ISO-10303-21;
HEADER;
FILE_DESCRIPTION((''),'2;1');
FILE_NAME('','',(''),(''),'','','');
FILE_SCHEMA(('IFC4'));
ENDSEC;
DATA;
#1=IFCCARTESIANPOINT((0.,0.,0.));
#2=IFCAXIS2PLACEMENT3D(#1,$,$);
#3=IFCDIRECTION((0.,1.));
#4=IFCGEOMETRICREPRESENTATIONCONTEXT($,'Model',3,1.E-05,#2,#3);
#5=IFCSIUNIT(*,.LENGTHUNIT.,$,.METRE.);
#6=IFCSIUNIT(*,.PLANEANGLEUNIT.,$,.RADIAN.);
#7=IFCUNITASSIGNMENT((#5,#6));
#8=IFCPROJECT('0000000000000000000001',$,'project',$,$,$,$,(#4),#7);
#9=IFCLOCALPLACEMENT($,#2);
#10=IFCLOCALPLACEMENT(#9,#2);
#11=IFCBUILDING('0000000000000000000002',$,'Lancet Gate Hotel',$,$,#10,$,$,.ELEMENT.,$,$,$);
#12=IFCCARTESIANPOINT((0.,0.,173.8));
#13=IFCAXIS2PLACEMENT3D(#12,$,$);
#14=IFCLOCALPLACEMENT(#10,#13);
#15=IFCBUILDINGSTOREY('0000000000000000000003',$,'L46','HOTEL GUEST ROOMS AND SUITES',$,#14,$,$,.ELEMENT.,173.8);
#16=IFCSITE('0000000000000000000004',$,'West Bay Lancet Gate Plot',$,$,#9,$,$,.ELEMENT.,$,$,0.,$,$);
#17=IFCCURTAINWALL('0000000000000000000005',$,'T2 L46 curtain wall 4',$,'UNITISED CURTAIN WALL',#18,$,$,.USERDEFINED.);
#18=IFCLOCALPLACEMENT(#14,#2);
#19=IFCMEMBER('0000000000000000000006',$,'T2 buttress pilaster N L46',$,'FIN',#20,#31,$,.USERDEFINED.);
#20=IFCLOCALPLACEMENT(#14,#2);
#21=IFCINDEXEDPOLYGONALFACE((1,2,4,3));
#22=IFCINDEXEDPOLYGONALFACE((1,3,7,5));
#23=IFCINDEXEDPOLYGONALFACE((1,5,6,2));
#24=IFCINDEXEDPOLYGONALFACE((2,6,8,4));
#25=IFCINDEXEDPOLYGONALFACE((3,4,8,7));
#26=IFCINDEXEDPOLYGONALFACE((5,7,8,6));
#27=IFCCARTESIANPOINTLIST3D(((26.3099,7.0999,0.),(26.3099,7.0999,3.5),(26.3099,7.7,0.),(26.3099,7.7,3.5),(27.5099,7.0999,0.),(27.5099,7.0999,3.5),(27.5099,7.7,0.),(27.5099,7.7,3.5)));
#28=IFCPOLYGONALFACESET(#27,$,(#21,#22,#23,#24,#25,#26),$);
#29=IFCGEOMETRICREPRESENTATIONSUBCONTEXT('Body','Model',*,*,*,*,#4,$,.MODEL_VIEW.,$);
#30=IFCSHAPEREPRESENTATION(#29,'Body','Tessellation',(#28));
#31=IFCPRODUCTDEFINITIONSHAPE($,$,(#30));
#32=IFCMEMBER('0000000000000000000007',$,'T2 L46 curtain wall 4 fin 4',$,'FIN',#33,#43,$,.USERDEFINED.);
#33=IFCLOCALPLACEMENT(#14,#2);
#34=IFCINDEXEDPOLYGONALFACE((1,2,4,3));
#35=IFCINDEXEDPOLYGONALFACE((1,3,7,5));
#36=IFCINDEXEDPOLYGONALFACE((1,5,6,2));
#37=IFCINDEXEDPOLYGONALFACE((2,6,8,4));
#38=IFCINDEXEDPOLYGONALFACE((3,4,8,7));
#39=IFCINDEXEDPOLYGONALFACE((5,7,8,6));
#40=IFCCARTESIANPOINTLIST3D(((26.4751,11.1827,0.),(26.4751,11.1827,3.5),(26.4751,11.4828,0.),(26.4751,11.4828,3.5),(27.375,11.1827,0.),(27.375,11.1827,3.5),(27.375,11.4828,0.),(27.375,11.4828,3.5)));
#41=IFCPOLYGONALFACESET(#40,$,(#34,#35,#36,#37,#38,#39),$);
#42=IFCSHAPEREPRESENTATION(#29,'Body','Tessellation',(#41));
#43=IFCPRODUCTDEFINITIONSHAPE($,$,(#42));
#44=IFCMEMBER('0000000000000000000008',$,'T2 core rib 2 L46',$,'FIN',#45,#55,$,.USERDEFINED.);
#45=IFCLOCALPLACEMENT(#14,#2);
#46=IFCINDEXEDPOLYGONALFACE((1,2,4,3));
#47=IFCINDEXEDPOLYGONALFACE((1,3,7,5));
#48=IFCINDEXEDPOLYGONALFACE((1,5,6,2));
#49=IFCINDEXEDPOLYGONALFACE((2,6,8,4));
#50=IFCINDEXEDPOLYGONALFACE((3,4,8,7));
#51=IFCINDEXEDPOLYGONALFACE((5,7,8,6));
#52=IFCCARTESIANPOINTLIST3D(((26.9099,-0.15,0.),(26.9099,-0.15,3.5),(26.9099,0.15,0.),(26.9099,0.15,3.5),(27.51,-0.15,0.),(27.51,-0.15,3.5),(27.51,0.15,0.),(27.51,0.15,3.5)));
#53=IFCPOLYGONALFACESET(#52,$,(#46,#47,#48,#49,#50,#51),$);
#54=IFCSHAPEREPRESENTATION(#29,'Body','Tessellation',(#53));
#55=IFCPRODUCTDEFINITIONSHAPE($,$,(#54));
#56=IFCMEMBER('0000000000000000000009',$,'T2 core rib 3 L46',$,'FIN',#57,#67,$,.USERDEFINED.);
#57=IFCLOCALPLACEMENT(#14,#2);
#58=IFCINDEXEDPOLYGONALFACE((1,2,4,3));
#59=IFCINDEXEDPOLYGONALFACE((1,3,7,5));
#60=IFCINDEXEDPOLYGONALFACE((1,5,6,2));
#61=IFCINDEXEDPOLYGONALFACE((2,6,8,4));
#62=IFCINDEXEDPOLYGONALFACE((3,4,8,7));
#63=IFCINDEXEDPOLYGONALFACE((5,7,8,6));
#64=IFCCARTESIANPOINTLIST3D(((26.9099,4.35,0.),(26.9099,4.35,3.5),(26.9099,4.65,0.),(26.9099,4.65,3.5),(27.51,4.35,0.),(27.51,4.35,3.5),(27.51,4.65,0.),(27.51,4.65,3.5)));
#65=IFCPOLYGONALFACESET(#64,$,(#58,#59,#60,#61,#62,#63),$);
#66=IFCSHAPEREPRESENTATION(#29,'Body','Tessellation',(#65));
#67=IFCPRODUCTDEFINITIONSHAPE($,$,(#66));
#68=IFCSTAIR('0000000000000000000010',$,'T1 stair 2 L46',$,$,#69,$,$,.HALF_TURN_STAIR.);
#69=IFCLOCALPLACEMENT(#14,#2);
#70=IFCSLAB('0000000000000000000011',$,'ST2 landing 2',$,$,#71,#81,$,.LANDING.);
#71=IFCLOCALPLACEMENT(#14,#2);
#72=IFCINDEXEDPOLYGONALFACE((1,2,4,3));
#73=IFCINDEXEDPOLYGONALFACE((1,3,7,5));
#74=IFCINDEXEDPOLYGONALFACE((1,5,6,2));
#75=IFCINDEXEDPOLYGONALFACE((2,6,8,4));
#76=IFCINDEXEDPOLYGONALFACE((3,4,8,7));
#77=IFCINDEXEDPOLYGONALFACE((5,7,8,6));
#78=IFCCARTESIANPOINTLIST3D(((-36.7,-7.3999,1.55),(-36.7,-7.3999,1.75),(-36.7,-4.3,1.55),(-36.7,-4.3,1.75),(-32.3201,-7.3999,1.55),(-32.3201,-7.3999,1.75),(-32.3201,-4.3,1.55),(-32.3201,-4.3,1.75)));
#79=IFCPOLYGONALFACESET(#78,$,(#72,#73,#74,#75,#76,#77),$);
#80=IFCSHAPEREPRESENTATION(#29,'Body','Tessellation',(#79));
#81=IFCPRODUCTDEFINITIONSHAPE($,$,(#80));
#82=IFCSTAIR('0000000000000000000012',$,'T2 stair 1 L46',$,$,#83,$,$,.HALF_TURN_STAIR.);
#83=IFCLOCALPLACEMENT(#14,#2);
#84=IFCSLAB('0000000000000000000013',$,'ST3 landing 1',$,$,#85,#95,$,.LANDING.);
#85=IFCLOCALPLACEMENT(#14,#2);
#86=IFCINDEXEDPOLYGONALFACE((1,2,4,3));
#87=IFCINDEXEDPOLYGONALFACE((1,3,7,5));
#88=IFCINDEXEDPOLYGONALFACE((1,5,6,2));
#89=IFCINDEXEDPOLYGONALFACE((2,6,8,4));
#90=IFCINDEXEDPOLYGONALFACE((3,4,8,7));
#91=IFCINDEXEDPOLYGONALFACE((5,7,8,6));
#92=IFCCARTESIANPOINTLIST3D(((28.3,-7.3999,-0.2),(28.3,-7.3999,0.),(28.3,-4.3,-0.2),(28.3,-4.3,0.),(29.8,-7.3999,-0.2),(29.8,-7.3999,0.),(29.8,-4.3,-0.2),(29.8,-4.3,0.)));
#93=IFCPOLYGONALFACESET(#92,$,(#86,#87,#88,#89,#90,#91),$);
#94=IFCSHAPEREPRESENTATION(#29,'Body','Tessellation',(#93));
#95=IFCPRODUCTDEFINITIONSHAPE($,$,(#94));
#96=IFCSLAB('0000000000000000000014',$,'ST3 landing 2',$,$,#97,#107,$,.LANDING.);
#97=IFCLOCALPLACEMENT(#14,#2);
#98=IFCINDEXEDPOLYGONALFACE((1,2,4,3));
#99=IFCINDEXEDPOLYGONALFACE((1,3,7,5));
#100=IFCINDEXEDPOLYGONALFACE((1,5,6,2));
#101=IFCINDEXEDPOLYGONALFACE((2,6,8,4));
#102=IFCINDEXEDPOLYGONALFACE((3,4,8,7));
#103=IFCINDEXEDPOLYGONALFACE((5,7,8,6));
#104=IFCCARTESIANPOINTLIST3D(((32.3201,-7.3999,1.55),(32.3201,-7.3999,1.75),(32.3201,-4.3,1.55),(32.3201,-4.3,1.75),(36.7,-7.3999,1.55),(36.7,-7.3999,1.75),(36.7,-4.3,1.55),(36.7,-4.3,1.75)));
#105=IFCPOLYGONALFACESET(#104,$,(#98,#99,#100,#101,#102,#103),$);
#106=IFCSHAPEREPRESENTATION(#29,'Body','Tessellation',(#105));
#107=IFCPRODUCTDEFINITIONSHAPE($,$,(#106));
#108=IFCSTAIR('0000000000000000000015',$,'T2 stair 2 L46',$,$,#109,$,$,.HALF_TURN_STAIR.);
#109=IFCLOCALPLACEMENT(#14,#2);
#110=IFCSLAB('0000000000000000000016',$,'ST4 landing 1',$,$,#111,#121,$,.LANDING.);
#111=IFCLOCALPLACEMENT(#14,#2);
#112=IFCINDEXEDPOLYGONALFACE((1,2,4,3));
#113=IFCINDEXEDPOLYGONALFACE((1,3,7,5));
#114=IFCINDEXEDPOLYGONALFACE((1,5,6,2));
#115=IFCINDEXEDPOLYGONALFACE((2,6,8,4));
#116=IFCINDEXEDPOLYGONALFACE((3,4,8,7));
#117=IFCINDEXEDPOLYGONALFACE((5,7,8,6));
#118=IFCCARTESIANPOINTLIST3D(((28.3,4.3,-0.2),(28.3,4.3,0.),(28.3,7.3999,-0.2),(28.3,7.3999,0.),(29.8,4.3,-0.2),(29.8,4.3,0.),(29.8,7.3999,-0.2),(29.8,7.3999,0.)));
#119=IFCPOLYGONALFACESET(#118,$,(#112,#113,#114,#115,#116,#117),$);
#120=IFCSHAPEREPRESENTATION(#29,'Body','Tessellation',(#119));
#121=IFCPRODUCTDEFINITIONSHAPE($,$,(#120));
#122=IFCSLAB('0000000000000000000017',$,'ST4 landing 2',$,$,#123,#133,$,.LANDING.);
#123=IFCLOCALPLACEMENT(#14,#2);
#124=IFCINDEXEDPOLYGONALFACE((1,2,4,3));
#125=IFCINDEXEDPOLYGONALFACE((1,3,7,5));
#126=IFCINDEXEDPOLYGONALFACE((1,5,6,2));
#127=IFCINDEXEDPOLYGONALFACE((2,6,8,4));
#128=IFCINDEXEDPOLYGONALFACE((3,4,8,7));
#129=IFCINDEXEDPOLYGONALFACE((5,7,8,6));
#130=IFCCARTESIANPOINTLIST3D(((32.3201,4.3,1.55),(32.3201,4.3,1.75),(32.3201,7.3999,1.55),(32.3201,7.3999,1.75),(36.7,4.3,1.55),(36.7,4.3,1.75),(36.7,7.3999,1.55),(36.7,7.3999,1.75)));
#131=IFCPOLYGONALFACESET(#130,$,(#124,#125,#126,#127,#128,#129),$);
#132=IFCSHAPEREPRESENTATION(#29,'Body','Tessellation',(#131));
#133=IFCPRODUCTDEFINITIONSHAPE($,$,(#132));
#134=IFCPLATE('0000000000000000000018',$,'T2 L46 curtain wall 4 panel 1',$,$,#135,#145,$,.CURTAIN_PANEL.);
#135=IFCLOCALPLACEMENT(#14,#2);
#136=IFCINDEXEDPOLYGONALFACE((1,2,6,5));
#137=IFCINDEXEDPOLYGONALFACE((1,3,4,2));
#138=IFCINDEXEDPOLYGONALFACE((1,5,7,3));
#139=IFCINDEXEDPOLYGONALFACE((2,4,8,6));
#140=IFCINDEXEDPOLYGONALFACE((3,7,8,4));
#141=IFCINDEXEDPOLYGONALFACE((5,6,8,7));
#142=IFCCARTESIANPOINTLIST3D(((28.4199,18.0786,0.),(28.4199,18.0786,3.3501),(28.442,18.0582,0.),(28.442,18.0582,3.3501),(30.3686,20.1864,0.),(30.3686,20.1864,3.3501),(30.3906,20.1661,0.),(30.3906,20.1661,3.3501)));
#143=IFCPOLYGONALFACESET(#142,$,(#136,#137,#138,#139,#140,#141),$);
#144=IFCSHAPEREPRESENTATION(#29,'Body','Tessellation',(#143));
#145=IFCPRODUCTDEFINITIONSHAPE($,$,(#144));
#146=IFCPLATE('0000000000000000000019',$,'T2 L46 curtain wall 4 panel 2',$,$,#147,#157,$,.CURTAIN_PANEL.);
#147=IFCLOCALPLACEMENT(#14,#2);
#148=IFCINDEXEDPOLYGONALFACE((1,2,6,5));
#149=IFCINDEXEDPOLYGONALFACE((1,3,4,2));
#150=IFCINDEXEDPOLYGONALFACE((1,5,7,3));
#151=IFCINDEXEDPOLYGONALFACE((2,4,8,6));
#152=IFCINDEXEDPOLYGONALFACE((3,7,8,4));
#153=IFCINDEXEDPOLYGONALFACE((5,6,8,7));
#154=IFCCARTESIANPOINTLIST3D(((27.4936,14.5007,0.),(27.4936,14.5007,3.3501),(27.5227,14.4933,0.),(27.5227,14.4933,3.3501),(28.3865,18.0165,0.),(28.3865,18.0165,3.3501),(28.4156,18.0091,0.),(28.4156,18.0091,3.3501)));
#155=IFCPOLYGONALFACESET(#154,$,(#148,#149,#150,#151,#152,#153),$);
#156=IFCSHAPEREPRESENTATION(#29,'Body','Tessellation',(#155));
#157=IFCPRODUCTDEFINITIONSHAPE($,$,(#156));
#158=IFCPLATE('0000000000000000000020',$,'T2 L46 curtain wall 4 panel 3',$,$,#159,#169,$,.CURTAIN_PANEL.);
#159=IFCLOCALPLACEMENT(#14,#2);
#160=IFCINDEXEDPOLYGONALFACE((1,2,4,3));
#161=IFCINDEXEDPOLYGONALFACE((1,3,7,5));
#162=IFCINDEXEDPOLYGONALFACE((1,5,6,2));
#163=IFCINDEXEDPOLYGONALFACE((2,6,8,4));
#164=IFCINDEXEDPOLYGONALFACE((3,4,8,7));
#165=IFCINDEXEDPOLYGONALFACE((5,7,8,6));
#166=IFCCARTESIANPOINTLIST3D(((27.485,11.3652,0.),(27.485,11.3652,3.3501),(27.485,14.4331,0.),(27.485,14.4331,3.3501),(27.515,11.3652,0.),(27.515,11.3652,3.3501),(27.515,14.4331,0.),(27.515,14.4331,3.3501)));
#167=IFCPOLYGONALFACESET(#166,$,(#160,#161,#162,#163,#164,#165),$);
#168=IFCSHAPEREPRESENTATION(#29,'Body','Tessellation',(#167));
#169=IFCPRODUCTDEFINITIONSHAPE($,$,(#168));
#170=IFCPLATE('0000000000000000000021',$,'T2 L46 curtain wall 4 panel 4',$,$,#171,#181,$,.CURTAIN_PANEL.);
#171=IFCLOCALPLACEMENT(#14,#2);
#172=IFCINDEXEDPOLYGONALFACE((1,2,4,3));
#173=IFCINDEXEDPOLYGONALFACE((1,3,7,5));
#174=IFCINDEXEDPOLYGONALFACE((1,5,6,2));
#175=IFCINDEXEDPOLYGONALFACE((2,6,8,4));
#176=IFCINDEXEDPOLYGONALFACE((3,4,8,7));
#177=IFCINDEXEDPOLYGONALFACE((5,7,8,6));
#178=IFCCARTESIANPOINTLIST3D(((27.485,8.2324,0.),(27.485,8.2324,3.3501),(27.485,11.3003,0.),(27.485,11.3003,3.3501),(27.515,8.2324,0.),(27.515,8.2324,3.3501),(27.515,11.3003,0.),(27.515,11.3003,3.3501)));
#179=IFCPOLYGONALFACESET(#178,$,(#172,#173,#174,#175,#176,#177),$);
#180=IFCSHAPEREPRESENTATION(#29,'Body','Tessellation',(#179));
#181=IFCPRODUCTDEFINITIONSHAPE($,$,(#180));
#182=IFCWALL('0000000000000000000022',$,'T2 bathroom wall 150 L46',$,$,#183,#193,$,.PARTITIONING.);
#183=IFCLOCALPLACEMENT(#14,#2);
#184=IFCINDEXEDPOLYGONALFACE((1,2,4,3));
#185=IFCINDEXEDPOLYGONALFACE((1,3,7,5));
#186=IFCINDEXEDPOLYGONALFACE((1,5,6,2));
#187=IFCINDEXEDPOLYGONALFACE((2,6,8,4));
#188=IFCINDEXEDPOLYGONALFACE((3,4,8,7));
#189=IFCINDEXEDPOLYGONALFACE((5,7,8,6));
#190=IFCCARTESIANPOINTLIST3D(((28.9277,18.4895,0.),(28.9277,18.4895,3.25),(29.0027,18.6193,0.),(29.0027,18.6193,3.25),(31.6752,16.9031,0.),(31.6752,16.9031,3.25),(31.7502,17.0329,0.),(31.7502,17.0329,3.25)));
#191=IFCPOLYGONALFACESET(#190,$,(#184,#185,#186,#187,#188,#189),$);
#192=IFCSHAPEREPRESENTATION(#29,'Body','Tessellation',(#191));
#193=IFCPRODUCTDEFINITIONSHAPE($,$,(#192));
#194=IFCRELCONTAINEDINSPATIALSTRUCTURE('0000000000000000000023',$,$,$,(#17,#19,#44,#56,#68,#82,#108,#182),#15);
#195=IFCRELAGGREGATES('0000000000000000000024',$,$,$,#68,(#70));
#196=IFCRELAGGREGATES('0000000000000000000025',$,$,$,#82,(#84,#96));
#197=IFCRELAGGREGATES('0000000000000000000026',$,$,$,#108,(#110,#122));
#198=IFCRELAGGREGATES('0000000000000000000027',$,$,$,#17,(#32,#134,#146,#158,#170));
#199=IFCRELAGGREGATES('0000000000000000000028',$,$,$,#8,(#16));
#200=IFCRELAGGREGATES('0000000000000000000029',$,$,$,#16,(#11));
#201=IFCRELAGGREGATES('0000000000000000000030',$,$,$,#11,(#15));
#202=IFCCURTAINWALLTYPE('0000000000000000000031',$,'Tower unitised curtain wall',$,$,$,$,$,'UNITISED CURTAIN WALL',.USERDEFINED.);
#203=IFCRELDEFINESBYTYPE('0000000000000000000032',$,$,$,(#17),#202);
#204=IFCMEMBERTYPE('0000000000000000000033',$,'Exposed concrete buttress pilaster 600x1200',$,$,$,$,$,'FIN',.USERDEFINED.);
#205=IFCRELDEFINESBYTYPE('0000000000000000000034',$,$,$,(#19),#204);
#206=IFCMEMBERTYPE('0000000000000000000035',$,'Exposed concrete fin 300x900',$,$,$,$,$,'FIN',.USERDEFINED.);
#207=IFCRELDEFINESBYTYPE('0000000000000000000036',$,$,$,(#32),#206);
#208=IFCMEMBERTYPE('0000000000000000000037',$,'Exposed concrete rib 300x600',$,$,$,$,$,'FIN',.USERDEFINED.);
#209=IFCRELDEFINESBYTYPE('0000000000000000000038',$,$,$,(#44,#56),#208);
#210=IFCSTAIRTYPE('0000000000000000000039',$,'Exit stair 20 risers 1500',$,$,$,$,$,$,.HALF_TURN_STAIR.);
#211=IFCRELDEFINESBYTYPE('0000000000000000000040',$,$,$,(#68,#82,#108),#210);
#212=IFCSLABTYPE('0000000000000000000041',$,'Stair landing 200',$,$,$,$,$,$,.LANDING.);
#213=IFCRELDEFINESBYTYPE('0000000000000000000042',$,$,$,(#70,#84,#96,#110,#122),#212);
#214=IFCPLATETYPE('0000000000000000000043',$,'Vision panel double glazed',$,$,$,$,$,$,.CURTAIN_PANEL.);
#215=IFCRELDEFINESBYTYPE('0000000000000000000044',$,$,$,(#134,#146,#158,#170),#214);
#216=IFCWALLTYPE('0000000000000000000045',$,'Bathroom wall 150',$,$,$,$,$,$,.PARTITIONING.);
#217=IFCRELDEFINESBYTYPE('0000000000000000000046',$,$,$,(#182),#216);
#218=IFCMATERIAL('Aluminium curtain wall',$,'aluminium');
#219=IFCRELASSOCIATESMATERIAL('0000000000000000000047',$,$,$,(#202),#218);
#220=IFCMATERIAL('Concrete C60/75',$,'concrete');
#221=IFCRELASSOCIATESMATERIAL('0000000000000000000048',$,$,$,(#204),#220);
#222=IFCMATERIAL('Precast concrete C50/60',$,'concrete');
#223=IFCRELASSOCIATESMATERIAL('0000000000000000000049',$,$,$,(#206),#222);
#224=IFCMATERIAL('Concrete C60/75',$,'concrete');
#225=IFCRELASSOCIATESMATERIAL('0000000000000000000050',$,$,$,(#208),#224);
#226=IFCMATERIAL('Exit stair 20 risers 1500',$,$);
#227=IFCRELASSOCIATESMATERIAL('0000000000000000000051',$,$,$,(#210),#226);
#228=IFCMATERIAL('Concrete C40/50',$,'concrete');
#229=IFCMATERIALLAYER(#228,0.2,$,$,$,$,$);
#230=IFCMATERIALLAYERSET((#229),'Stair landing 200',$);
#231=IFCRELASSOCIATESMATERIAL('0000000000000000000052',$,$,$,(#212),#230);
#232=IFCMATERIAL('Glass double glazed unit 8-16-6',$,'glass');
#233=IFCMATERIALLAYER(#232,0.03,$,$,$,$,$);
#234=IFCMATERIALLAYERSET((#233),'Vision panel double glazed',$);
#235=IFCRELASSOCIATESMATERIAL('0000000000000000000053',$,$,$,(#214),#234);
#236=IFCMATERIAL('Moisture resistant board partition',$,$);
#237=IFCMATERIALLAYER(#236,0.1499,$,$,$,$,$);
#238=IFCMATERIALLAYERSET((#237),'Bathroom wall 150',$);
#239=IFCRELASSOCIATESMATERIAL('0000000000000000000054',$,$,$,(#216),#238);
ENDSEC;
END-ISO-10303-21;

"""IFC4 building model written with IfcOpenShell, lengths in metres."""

from ifc_helpers import new_model, si_unit, direction, frame, frame_2d, origin, origin_2d, place, context, subcontext, project, spatial, polyline, rectangle, outline, extrude, material, layer, layer_set, material_profile, profile_set, type_object, element, aggregate, save


model = new_model("IFC4")

# Units and contexts
model_context = context("Model", 3, precision=1e-05, world=origin(), true_north=direction((0.0, 1.0)))
body_context = subcontext(model_context, "Body", "Model", "MODEL_VIEW")
ifc_project = project(units=[si_unit("LENGTHUNIT", "METRE"), si_unit("PLANEANGLEUNIT", "RADIAN")], contexts=[model_context])

# Site, building, storey
site_placement = place(None, origin())
site = spatial("IfcSite", under=ifc_project, at=site_placement, Name="West Bay Lancet Gate Plot", CompositionType="ELEMENT", RefElevation=0.0)
building_placement = place(site_placement, origin())
building = spatial("IfcBuilding", under=site, at=building_placement, Name="Lancet Gate Hotel", CompositionType="ELEMENT")
storey_placement = place(building_placement, frame((0.0, 0.0, 173.8)))
storey = spatial("IfcBuildingStorey", under=building, at=storey_placement, Name="L46", Description="HOTEL GUEST ROOMS AND SUITES", CompositionType="ELEMENT", Elevation=173.8)

# Curtain wall
ifc_material_1 = material(Name="Aluminium curtain wall", Category="aluminium")
curtain_wall_type = type_object("IfcCurtainWallType", Name="Tower unitised curtain wall", ElementType="UNITISED CURTAIN WALL", PredefinedType="USERDEFINED", material=ifc_material_1)
curtain_wall_placement = place(storey_placement, origin())
curtain_wall = element("IfcCurtainWall", 1, at=curtain_wall_placement, inside=storey, type_object=curtain_wall_type, Name="T2 L46 curtain wall 4", ObjectType="UNITISED CURTAIN WALL", PredefinedType="USERDEFINED")

# Members
ifc_material_2 = material(Name="Concrete C60/75", Category="concrete")
ifc_material_profile_1 = material_profile(ifc_material_2, rectangle(XDim=0.6001, YDim=1.2, at=origin_2d()), Name="FIN 600x1200")
ifc_profile_set_1 = profile_set([ifc_material_profile_1], Name="Concrete C60/75")
member_type_1 = type_object("IfcMemberType", Name="Exposed concrete buttress pilaster 600x1200", ElementType="FIN", PredefinedType="USERDEFINED", material=ifc_profile_set_1)
member_1_placement = place(storey_placement, frame((26.9099, 7.3999, 0.0), z_axis=(0.0, 0.0, 1.0), x_axis=(0.0, 1.0, 0.0)))
element("IfcMember", 2, at=member_1_placement, inside=storey, type_object=member_type_1, Name="T2 buttress pilaster N L46", ObjectType="FIN", PredefinedType="USERDEFINED", context=body_context, shape_type="SweptSolid", body=[
    extrude(rectangle(XDim=0.6001, YDim=1.2, at=origin_2d()), origin(), (0.0, 0.0, 1.0), 3.5),
])
ifc_material_3 = material(Name="Precast concrete C50/60", Category="concrete")
ifc_material_profile_2 = material_profile(ifc_material_3, rectangle(XDim=0.3, YDim=0.8999, at=origin_2d()), Name="FIN 300x900")
ifc_profile_set_2 = profile_set([ifc_material_profile_2], Name="Precast concrete C50/60")
member_type_2 = type_object("IfcMemberType", Name="Exposed concrete fin 300x900", ElementType="FIN", PredefinedType="USERDEFINED", material=ifc_profile_set_2)
member_2_placement = place(storey_placement, frame((26.925, 11.3328, 0.0), z_axis=(0.0, 0.0, 1.0), x_axis=(0.0, -1.0, 0.0)))
member_2 = element("IfcMember", 3, at=member_2_placement, type_object=member_type_2, Name="T2 L46 curtain wall 4 fin 4", ObjectType="FIN", PredefinedType="USERDEFINED", context=body_context, shape_type="SweptSolid", body=[
    extrude(rectangle(XDim=0.3, YDim=0.8999, at=origin_2d()), origin(), (0.0, 0.0, 1.0), 3.5),
])

# Members
ifc_material_4 = material(Name="Concrete C60/75", Category="concrete")
ifc_material_profile_3 = material_profile(ifc_material_4, rectangle(XDim=0.3, YDim=0.6001, at=origin_2d()), Name="FIN 300x600")
ifc_profile_set_3 = profile_set([ifc_material_profile_3], Name="Concrete C60/75")
member_type_3 = type_object("IfcMemberType", Name="Exposed concrete rib 300x600", ElementType="FIN", PredefinedType="USERDEFINED", material=ifc_profile_set_3)
for number, where, z_axis, x_axis, name in (
    (4, (27.21, 0.0, 0.0), (0.0, 0.0, 1.0), (0.0, 1.0, 0.0), "T2 core rib 2 L46"),
    (5, (27.21, 4.5, 0.0), (0.0, 0.0, 1.0), (0.0, 1.0, 0.0), "T2 core rib 3 L46"),
):
    element("IfcMember", number, at=place(storey_placement, frame(where, z_axis=z_axis, x_axis=x_axis)), inside=storey, type_object=member_type_3, Name=name, ObjectType="FIN", PredefinedType="USERDEFINED", context=body_context, shape_type="SweptSolid", body=[
        extrude(rectangle(XDim=0.3, YDim=0.6001, at=origin_2d()), origin(), (0.0, 0.0, 1.0), 3.5),
    ])

# Stair, slab
ifc_material_5 = material(Name="Exit stair 20 risers 1500")
stair_type = type_object("IfcStairType", Name="Exit stair 20 risers 1500", PredefinedType="HALF_TURN_STAIR", material=ifc_material_5)
stair_1_placement = place(storey_placement, origin())
stair_1 = element("IfcStair", 6, at=stair_1_placement, inside=storey, type_object=stair_type, Name="T1 stair 2 L46", PredefinedType="HALF_TURN_STAIR")
ifc_material_6 = material(Name="Concrete C40/50", Category="concrete")
ifc_layer_1 = layer(ifc_material_6, 0.2)
ifc_layer_set_1 = layer_set([ifc_layer_1], Name="Stair landing 200")
slab_type = type_object("IfcSlabType", Name="Stair landing 200", PredefinedType="LANDING", material=ifc_layer_set_1)
slab_1_placement = place(storey_placement, frame((0.0, 0.0, 1.55)))
slab_1 = element("IfcSlab", 7, at=slab_1_placement, type_object=slab_type, Name="ST2 landing 2", PredefinedType="LANDING", context=body_context, shape_type="SweptSolid", body=[
    extrude(outline(polyline([(-32.3201, -4.3), (-36.7, -4.3), (-36.7, -7.3999), (-32.3201, -7.3999), (-32.3201, -4.3)])), origin(), (0.0, 0.0, 1.0), 0.2),
])
aggregate(stair_1, [slab_1])

# Stairs, slabs
stair_2_placement = place(storey_placement, origin())
stair_2 = element("IfcStair", 8, at=stair_2_placement, inside=storey, type_object=stair_type, Name="T2 stair 1 L46", PredefinedType="HALF_TURN_STAIR")
slab_2_placement = place(storey_placement, frame((0.0, 0.0, -0.2)))
slab_2 = element("IfcSlab", 9, at=slab_2_placement, type_object=slab_type, Name="ST3 landing 1", PredefinedType="LANDING", context=body_context, shape_type="SweptSolid", body=[
    extrude(outline(polyline([(28.3, -7.3999), (29.8, -7.3999), (29.8, -4.3), (28.3, -4.3), (28.3, -7.3999)])), origin(), (0.0, 0.0, 1.0), 0.2),
])
slab_3_placement = place(storey_placement, frame((0.0, 0.0, 1.55)))
slab_3 = element("IfcSlab", 10, at=slab_3_placement, type_object=slab_type, Name="ST3 landing 2", PredefinedType="LANDING", context=body_context, shape_type="SweptSolid", body=[
    extrude(outline(polyline([(32.3201, -7.3999), (36.7, -7.3999), (36.7, -4.3), (32.3201, -4.3), (32.3201, -7.3999)])), origin(), (0.0, 0.0, 1.0), 0.2),
])
aggregate(stair_2, [slab_2, slab_3])
stair_3_placement = place(storey_placement, origin())
stair_3 = element("IfcStair", 11, at=stair_3_placement, inside=storey, type_object=stair_type, Name="T2 stair 2 L46", PredefinedType="HALF_TURN_STAIR")
slab_4_placement = place(storey_placement, frame((0.0, 0.0, -0.2)))
slab_4 = element("IfcSlab", 12, at=slab_4_placement, type_object=slab_type, Name="ST4 landing 1", PredefinedType="LANDING", context=body_context, shape_type="SweptSolid", body=[
    extrude(outline(polyline([(28.3, 4.3), (29.8, 4.3), (29.8, 7.3999), (28.3, 7.3999), (28.3, 4.3)])), origin(), (0.0, 0.0, 1.0), 0.2),
])
slab_5_placement = place(storey_placement, frame((0.0, 0.0, 1.55)))
slab_5 = element("IfcSlab", 13, at=slab_5_placement, type_object=slab_type, Name="ST4 landing 2", PredefinedType="LANDING", context=body_context, shape_type="SweptSolid", body=[
    extrude(outline(polyline([(32.3201, 4.3), (36.7, 4.3), (36.7, 7.3999), (32.3201, 7.3999), (32.3201, 4.3)])), origin(), (0.0, 0.0, 1.0), 0.2),
])
aggregate(stair_3, [slab_4, slab_5])

# Plates
ifc_material_7 = material(Name="Glass double glazed unit 8-16-6", Category="glass")
ifc_layer_2 = layer(ifc_material_7, 0.03)
ifc_layer_set_2 = layer_set([ifc_layer_2], Name="Vision panel double glazed")
plate_type = type_object("IfcPlateType", Name="Vision panel double glazed", PredefinedType="CURTAIN_PANEL", material=ifc_layer_set_2)
plate_1_placement = place(storey_placement, frame((29.4053, 19.1223, 0.0), z_axis=(0.0, 0.0, 1.0), x_axis=(-0.678831, -0.734294, 0.0)))
plate_1 = element("IfcPlate", 14, at=plate_1_placement, type_object=plate_type, Name="T2 L46 curtain wall 4 panel 1", PredefinedType="CURTAIN_PANEL", context=body_context, shape_type="SweptSolid", body=[
    extrude(rectangle(XDim=2.8706, YDim=0.03, at=origin_2d()), origin(), (0.0, 0.0, 1.0), 3.3501),
])
plate_2_placement = place(storey_placement, frame((27.9546, 16.2549, 0.0), z_axis=(0.0, 0.0, 1.0), x_axis=(-0.246167, -0.969228, 0.0)))
plate_2 = element("IfcPlate", 15, at=plate_2_placement, type_object=plate_type, Name="T2 L46 curtain wall 4 panel 2", PredefinedType="CURTAIN_PANEL", context=body_context, shape_type="SweptSolid", body=[
    extrude(rectangle(XDim=3.6274, YDim=0.03, at=origin_2d()), origin(), (0.0, 0.0, 1.0), 3.3501),
])
plate_3_placement = place(storey_placement, frame((27.5, 12.8992, 0.0), z_axis=(0.0, 0.0, 1.0), x_axis=(0.0, -1.0, 0.0)))
plate_3 = element("IfcPlate", 16, at=plate_3_placement, type_object=plate_type, Name="T2 L46 curtain wall 4 panel 3", PredefinedType="CURTAIN_PANEL", context=body_context, shape_type="SweptSolid", body=[
    extrude(rectangle(XDim=3.0679, YDim=0.03, at=origin_2d()), origin(), (0.0, 0.0, 1.0), 3.3501),
])
plate_4_placement = place(storey_placement, frame((27.5, 9.7664, 0.0), z_axis=(0.0, 0.0, 1.0), x_axis=(0.0, -1.0, 0.0)))
plate_4 = element("IfcPlate", 17, at=plate_4_placement, type_object=plate_type, Name="T2 L46 curtain wall 4 panel 4", PredefinedType="CURTAIN_PANEL", context=body_context, shape_type="SweptSolid", body=[
    extrude(rectangle(XDim=3.0679, YDim=0.03, at=origin_2d()), origin(), (0.0, 0.0, 1.0), 3.3501),
])
aggregate(curtain_wall, [member_2, plate_1, plate_2, plate_3, plate_4])

# Wall
ifc_material_8 = material(Name="Moisture resistant board partition")
ifc_layer_3 = layer(ifc_material_8, 0.1499)
ifc_layer_set_3 = layer_set([ifc_layer_3], Name="Bathroom wall 150")
wall_type_1 = type_object("IfcWallType", Name="Bathroom wall 150", PredefinedType="PARTITIONING", material=ifc_layer_set_3)
wall_1_placement = place(storey_placement, frame((28.9651, 18.5544, 0.0), z_axis=(0.0, 0.0, 1.0), x_axis=(0.866009, -0.500029, 0.0)))
element("IfcWall", 18, at=wall_1_placement, inside=storey, type_object=wall_type_1, Name="T2 bathroom wall 150 L46", PredefinedType="PARTITIONING", context=body_context, shape_type="SweptSolid", body=[
    extrude(rectangle(XDim=3.1726, YDim=0.1499, at=frame_2d((1.5864, 0.0))), origin(), (0.0, 0.0, 1.0), 3.25),
])

save(model, "model.ifc")
